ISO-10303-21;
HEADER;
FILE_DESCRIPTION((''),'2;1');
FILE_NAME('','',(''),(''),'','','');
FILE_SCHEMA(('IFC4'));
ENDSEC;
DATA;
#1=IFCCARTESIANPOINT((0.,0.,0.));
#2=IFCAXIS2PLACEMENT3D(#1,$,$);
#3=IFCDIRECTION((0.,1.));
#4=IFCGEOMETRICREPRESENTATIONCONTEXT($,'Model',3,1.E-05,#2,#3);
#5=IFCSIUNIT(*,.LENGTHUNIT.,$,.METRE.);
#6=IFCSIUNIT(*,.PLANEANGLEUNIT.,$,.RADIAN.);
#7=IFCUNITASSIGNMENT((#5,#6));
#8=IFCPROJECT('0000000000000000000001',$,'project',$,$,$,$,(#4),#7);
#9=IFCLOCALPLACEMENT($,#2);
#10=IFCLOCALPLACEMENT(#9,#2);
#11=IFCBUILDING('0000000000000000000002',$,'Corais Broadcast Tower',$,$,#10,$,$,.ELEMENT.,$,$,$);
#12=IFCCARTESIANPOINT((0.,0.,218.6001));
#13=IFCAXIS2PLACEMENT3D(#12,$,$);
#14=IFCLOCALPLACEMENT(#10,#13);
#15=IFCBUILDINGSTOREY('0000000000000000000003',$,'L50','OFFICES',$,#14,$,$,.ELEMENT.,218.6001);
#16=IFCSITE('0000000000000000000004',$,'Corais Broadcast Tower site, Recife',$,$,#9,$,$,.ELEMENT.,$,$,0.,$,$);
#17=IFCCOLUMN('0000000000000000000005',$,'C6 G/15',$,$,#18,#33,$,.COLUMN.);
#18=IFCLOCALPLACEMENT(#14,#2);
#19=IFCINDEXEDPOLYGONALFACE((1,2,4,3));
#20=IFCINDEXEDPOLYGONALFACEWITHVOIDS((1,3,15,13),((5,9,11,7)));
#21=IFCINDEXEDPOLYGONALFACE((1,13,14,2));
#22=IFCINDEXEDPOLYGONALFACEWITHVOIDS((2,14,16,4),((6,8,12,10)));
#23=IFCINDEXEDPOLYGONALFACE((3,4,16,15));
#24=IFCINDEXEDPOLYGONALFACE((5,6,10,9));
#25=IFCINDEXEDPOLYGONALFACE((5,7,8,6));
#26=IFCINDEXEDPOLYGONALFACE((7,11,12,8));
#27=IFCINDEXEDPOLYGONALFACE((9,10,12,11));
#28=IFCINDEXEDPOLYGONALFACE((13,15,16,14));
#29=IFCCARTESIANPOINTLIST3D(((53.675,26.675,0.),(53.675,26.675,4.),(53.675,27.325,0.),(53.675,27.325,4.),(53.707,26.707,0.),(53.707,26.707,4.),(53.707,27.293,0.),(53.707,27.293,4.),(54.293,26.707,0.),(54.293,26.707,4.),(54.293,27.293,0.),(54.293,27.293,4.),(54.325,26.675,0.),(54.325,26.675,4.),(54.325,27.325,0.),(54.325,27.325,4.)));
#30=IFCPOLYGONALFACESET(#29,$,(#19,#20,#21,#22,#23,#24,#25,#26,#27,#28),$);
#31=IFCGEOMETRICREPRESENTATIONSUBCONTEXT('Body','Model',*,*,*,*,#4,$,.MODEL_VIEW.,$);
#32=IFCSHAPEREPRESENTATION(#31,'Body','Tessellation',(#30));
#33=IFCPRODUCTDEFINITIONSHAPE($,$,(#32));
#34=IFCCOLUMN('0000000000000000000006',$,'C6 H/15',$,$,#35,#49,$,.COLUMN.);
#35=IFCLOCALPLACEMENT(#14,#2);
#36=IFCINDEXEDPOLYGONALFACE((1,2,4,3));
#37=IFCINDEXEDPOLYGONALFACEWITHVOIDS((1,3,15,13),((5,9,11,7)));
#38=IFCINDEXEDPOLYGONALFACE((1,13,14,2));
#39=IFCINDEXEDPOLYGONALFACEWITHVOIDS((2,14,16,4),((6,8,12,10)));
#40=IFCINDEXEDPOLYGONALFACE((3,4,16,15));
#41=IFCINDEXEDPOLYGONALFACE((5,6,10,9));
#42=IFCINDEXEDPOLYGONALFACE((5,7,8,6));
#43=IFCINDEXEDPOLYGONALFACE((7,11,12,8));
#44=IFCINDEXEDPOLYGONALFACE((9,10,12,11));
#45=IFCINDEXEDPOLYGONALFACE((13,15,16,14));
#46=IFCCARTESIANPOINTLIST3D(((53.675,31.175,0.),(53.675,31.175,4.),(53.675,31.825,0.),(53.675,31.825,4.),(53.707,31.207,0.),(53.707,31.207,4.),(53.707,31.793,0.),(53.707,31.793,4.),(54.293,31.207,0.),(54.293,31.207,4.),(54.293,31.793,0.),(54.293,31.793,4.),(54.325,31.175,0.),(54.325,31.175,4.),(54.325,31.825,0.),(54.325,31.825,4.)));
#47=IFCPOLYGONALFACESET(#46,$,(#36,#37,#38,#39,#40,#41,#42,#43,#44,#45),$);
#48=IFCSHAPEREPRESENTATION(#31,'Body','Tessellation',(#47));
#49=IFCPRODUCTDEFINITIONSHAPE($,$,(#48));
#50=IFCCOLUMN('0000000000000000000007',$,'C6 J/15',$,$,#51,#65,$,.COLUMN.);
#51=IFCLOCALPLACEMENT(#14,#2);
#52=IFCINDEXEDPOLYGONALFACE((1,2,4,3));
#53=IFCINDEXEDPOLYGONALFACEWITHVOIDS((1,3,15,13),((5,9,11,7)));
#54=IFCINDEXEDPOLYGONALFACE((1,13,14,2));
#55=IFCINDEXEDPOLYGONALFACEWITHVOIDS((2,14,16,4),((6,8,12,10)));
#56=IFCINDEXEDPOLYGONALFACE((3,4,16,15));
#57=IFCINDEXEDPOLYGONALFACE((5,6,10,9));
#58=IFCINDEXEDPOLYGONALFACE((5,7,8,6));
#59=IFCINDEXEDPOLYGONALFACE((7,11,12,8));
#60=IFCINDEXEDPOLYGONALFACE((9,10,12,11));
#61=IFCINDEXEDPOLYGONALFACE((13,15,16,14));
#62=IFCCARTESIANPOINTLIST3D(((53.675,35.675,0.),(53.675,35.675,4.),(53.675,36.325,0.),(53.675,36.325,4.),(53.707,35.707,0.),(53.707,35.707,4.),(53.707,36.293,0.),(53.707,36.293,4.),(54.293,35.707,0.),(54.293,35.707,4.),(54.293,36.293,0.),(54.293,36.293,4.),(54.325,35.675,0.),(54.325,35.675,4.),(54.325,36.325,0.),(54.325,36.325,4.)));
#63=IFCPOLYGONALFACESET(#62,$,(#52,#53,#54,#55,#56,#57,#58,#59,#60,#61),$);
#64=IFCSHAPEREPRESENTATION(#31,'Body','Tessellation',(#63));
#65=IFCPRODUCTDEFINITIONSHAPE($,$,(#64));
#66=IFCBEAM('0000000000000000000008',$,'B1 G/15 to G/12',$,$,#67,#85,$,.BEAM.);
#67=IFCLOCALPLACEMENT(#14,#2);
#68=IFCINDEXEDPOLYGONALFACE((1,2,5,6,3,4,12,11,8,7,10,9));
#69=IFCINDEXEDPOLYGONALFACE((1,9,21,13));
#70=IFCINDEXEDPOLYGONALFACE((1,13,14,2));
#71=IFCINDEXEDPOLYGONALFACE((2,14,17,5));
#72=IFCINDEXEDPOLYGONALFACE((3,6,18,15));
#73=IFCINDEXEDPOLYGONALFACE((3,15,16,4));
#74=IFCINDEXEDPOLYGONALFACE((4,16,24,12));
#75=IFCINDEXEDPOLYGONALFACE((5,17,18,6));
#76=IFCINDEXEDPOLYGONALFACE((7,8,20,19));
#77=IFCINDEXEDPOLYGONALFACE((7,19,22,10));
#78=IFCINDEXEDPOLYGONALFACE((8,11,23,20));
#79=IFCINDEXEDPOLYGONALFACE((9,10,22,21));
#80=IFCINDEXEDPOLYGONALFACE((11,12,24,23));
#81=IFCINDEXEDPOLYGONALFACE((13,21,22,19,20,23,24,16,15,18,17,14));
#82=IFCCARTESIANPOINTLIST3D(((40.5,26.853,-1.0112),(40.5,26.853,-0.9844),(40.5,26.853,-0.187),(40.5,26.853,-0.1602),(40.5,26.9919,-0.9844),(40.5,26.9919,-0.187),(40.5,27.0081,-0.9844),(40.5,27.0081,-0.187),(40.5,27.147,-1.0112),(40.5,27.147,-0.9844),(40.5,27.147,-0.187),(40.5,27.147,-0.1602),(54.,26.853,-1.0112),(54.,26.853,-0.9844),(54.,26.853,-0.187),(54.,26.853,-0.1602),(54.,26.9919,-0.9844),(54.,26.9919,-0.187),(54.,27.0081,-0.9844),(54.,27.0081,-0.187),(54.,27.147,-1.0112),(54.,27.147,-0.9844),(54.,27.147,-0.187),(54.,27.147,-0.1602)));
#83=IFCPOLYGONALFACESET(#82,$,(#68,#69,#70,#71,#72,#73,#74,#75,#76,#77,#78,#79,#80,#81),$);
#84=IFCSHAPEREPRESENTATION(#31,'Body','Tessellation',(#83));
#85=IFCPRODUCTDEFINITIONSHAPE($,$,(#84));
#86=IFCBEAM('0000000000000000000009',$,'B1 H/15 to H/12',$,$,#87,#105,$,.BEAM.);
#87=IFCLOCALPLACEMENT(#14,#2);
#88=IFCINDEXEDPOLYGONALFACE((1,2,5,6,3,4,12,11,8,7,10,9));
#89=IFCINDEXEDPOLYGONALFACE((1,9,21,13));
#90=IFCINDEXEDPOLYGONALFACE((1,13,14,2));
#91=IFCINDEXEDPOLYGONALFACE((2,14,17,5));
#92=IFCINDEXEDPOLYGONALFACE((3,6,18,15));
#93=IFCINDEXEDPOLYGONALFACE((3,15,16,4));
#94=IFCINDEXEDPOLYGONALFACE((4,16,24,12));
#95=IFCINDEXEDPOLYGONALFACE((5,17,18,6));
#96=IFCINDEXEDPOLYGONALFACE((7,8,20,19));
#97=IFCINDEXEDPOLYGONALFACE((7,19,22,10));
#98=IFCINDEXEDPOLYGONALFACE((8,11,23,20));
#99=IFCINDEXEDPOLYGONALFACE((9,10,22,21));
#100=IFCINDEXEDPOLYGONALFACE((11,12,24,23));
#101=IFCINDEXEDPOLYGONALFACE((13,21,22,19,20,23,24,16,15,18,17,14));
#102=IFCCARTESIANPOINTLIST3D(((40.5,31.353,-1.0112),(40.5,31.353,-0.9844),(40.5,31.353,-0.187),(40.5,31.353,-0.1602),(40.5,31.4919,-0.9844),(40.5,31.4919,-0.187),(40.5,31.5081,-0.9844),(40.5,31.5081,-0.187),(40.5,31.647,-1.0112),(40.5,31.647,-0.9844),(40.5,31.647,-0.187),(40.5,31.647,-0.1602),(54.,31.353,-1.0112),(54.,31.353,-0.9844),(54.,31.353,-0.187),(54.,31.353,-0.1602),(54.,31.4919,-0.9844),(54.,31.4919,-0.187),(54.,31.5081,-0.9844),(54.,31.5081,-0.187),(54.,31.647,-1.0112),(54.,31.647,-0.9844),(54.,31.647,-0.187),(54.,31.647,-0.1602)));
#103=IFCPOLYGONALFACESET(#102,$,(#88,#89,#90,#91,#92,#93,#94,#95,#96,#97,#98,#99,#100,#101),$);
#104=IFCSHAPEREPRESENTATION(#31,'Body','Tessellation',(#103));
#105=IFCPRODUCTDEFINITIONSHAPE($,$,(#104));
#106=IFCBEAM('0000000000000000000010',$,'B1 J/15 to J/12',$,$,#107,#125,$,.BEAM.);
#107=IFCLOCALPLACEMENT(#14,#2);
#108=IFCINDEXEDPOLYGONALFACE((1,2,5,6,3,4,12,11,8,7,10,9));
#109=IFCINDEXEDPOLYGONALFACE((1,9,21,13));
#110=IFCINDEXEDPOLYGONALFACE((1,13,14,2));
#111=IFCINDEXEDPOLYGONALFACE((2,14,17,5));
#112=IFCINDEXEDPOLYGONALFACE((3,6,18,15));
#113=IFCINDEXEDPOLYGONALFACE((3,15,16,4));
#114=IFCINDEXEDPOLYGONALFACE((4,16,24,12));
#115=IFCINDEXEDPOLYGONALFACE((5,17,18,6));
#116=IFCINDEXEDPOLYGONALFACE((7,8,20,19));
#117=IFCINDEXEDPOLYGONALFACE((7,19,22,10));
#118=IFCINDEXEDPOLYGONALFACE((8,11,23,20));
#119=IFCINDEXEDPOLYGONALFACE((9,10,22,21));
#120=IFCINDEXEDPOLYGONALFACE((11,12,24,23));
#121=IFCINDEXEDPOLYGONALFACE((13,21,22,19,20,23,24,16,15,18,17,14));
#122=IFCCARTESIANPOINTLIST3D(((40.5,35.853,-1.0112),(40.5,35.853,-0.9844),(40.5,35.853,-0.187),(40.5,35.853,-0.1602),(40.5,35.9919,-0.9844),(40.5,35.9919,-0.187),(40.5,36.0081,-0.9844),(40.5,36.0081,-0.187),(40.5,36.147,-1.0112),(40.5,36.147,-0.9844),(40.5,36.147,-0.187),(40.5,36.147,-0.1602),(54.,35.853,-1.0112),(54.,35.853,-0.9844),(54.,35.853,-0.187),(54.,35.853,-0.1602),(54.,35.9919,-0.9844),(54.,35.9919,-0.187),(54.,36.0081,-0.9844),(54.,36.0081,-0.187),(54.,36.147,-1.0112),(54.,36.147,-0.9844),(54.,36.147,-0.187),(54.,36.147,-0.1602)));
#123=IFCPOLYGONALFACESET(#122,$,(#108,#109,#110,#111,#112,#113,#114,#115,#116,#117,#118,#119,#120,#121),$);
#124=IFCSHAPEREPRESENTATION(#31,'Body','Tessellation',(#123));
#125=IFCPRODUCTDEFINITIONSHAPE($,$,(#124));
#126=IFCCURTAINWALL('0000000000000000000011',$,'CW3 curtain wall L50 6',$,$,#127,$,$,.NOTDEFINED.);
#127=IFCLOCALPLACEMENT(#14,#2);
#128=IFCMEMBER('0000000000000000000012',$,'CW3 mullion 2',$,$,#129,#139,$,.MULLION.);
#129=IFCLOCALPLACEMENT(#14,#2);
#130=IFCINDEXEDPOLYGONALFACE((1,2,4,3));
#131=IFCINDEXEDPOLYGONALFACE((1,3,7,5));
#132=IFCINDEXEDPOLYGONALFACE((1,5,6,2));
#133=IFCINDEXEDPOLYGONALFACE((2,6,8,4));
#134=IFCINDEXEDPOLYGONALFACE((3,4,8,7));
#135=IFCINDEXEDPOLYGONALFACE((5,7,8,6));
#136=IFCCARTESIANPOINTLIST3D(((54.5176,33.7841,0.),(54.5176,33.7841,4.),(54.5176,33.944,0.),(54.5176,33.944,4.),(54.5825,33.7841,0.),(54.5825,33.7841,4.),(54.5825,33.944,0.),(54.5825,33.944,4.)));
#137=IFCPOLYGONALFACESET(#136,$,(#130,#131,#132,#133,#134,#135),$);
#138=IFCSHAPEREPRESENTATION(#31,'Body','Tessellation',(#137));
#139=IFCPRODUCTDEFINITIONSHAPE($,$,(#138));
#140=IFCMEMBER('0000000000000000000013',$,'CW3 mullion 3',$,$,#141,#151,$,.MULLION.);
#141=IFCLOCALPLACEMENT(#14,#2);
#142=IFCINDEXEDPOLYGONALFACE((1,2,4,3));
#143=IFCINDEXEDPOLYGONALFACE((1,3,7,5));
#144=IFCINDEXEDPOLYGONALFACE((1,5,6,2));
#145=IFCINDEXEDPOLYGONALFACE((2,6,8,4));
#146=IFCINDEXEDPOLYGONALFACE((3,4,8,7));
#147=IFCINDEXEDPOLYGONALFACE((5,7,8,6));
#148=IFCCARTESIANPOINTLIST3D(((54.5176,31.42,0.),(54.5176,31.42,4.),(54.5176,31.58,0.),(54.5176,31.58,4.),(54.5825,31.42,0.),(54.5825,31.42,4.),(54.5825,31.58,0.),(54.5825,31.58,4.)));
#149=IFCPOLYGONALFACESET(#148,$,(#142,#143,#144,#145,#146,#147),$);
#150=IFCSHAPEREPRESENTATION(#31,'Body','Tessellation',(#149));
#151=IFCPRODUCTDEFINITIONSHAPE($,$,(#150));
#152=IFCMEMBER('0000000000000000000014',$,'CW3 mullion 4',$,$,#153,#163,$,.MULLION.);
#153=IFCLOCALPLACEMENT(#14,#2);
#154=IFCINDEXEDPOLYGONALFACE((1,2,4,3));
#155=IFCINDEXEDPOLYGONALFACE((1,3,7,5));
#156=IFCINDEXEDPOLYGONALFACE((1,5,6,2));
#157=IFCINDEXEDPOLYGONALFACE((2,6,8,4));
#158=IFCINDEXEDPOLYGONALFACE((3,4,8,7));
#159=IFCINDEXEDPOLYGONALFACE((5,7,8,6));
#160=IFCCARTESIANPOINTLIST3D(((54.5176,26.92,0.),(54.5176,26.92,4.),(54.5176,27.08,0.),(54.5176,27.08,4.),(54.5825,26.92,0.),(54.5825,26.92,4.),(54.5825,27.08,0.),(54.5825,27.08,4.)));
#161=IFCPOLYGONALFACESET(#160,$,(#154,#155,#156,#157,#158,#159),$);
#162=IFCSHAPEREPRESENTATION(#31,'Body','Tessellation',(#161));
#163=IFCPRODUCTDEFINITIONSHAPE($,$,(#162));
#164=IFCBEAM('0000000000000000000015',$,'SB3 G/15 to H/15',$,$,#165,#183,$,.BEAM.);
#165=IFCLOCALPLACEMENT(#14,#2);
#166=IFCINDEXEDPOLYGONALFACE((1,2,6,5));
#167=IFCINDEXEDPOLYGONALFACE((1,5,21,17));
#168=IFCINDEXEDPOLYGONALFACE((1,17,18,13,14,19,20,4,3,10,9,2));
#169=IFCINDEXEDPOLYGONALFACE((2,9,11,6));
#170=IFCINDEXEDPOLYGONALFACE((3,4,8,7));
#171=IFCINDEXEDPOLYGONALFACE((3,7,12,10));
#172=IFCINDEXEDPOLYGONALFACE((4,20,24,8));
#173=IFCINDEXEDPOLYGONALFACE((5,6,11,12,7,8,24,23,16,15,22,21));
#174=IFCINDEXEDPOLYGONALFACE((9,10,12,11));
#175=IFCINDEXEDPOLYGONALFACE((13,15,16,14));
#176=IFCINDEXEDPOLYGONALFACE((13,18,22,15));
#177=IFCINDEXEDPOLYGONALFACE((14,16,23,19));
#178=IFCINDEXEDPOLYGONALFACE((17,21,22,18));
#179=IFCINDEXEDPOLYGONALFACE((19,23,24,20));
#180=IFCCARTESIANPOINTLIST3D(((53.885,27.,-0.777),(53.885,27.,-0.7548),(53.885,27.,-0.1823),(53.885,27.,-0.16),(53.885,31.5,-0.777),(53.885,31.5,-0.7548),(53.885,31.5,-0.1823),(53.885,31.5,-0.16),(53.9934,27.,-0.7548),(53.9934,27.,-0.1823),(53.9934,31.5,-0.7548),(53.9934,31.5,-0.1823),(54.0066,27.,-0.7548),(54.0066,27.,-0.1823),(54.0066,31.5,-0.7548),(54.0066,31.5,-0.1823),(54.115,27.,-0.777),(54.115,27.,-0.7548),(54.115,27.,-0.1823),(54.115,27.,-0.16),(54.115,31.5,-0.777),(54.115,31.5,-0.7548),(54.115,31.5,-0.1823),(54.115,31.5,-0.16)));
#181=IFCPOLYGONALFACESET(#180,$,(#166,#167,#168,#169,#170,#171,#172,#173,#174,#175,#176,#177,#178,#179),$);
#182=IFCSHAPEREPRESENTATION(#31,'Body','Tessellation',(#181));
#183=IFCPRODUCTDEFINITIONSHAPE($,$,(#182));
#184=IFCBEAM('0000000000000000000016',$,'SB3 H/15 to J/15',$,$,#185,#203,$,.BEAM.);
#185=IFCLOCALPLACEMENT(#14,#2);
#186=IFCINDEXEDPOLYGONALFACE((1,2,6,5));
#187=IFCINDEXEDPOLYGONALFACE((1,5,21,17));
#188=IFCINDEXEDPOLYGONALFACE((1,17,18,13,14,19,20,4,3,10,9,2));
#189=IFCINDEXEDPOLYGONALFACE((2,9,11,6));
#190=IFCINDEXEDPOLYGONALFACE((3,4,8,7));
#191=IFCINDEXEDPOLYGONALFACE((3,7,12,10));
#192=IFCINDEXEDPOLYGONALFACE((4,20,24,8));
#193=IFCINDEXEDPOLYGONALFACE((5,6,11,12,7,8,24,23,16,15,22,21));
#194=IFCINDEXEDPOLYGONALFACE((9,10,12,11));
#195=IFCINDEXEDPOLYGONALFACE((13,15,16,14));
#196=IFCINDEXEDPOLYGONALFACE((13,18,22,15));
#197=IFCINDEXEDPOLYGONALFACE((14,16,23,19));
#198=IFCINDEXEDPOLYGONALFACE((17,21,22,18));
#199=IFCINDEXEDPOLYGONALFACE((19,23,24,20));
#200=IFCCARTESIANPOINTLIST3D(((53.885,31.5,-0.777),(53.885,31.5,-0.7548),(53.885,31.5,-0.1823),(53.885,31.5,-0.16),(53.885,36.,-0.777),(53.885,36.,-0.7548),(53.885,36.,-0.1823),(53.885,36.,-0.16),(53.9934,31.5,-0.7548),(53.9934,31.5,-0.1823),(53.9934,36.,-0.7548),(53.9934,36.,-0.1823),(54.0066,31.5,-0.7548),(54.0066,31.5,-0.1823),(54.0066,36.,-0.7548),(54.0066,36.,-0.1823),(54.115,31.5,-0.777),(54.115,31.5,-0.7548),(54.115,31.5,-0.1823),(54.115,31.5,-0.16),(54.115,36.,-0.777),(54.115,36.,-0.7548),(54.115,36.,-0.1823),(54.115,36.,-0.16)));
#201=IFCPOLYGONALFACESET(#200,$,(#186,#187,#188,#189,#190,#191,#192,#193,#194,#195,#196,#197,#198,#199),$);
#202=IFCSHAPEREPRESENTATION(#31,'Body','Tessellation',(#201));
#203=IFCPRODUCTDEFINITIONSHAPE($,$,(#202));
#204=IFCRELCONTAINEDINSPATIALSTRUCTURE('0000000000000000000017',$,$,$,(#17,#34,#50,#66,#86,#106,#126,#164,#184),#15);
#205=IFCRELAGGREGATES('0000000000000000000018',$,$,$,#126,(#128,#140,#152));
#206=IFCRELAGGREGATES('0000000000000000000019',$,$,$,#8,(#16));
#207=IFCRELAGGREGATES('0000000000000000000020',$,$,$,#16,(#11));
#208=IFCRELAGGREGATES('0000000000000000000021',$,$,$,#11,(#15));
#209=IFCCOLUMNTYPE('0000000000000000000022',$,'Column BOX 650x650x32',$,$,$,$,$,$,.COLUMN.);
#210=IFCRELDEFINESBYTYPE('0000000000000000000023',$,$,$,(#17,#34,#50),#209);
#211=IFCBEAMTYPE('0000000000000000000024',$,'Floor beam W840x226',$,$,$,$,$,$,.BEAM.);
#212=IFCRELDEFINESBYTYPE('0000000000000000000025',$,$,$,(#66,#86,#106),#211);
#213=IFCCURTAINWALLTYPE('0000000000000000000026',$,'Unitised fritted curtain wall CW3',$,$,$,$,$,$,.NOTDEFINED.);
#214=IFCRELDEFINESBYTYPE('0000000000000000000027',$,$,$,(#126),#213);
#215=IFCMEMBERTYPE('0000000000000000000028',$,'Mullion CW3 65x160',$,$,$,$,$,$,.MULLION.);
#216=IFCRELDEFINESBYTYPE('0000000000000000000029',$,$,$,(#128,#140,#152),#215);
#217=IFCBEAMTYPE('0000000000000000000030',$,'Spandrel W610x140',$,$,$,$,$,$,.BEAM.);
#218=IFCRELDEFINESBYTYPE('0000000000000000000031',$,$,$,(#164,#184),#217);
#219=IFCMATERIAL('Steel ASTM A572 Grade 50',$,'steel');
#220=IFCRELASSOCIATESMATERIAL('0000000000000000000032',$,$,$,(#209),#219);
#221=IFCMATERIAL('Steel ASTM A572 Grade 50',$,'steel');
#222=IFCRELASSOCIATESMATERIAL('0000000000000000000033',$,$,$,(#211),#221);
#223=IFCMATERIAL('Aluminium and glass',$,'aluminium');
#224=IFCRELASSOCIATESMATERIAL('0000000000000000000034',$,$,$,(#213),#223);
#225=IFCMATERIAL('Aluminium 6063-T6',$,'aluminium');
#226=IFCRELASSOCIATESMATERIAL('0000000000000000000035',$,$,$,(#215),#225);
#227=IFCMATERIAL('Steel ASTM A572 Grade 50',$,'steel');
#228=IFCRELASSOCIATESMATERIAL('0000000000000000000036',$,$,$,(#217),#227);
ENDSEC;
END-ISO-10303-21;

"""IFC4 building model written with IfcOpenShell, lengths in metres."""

from ifc_helpers import new_model, si_unit, direction, frame, origin, origin_2d, place, context, subcontext, project, spatial, rectangle, hollow_rectangle, i_section, extrude, material, material_profile, profile_set, type_object, element, aggregate, save


model = new_model("IFC4")

# Units and contexts
model_context = context("Model", 3, precision=1e-05, world=origin(), true_north=direction((0.0, 1.0)))
body_context = subcontext(model_context, "Body", "Model", "MODEL_VIEW")
ifc_project = project(units=[si_unit("LENGTHUNIT", "METRE"), si_unit("PLANEANGLEUNIT", "RADIAN")], contexts=[model_context])

# Site, building, storey
site_placement = place(None, origin())
site = spatial("IfcSite", under=ifc_project, at=site_placement, Name="Corais Broadcast Tower site, Recife", CompositionType="ELEMENT", RefElevation=0.0)
building_placement = place(site_placement, origin())
building = spatial("IfcBuilding", under=site, at=building_placement, Name="Corais Broadcast Tower", CompositionType="ELEMENT")
storey_placement = place(building_placement, frame((0.0, 0.0, 218.6001)))
storey = spatial("IfcBuildingStorey", under=building, at=storey_placement, Name="L50", Description="OFFICES", CompositionType="ELEMENT", Elevation=218.6001)

# Columns
ifc_material_1 = material(Name="Steel ASTM A572 Grade 50", Category="steel")
ifc_material_profile_1 = material_profile(ifc_material_1, hollow_rectangle(XDim=0.6499, YDim=0.6499, WallThickness=0.032, at=origin_2d()), Name="BOX 650x650x32")
ifc_profile_set_1 = profile_set([ifc_material_profile_1], Name="Steel ASTM A572 Grade 50")
column_type = type_object("IfcColumnType", Name="Column BOX 650x650x32", PredefinedType="COLUMN", material=ifc_profile_set_1)
for number, where, z_axis, x_axis, name in (
    (1, (54.0, 27.0, 0.0), (0.0, 0.0, 1.0), (1.0, 0.0, 0.0), "C6 G/15"),
    (2, (54.0, 31.5, 0.0), (0.0, 0.0, 1.0), (1.0, 0.0, 0.0), "C6 H/15"),
    (3, (54.0, 36.0, 0.0), (0.0, 0.0, 1.0), (1.0, 0.0, 0.0), "C6 J/15"),
):
    element("IfcColumn", number, at=place(storey_placement, frame(where, z_axis=z_axis, x_axis=x_axis)), inside=storey, type_object=column_type, Name=name, PredefinedType="COLUMN", context=body_context, shape_type="SweptSolid", body=[
        extrude(hollow_rectangle(XDim=0.6499, YDim=0.6499, WallThickness=0.032, at=origin_2d()), origin(), (0.0, 0.0, 1.0), 4.0),
    ])

# Beams
ifc_material_2 = material(Name="Steel ASTM A572 Grade 50", Category="steel")
ifc_material_profile_2 = material_profile(ifc_material_2, i_section(OverallWidth=0.2939, OverallDepth=0.8511, WebThickness=0.0161, FlangeThickness=0.0269, at=origin_2d()), Name="W840x226")
ifc_profile_set_2 = profile_set([ifc_material_profile_2], Name="Steel ASTM A572 Grade 50")
beam_type_1 = type_object("IfcBeamType", Name="Floor beam W840x226", PredefinedType="BEAM", material=ifc_profile_set_2)
for number, where, z_axis, x_axis, name in (
    (4, (54.0, 27.0, -0.5857), (-1.0, 0.0, 0.0), (0.0, -1.0, 0.0), "B1 G/15 to G/12"),
    (5, (54.0, 31.5, -0.5857), (-1.0, 0.0, 0.0), (0.0, -1.0, 0.0), "B1 H/15 to H/12"),
    (6, (54.0, 36.0, -0.5857), (-1.0, 0.0, 0.0), (0.0, -1.0, 0.0), "B1 J/15 to J/12"),
):
    element("IfcBeam", number, at=place(storey_placement, frame(where, z_axis=z_axis, x_axis=x_axis)), inside=storey, type_object=beam_type_1, Name=name, PredefinedType="BEAM", context=body_context, shape_type="SweptSolid", body=[
        extrude(i_section(OverallWidth=0.2939, OverallDepth=0.8511, WebThickness=0.0161, FlangeThickness=0.0269, at=origin_2d()), origin(), (0.0, 0.0, 1.0), 13.5),
    ])

# Curtain wall, members
ifc_material_3 = material(Name="Aluminium and glass", Category="aluminium")
curtain_wall_type = type_object("IfcCurtainWallType", Name="Unitised fritted curtain wall CW3", PredefinedType="NOTDEFINED", material=ifc_material_3)
curtain_wall_placement = place(storey_placement, origin())
curtain_wall = element("IfcCurtainWall", 7, at=curtain_wall_placement, inside=storey, type_object=curtain_wall_type, Name="CW3 curtain wall L50 6", PredefinedType="NOTDEFINED")
ifc_material_4 = material(Name="Aluminium 6063-T6", Category="aluminium")
ifc_material_profile_3 = material_profile(ifc_material_4, rectangle(XDim=0.0649, YDim=0.1599, at=origin_2d()), Name="Mullion CW3 65x160")
ifc_profile_set_3 = profile_set([ifc_material_profile_3], Name="Aluminium 6063-T6")
member_type_1 = type_object("IfcMemberType", Name="Mullion CW3 65x160", PredefinedType="MULLION", material=ifc_profile_set_3)
member_1_placement = place(storey_placement, frame((54.55, 33.864, 0.0), z_axis=(0.0, 0.0, 1.0), x_axis=(1.0, 0.0, 0.0)))
member_1 = element("IfcMember", 8, at=member_1_placement, type_object=member_type_1, Name="CW3 mullion 2", PredefinedType="MULLION", context=body_context, shape_type="SweptSolid", body=[
    extrude(rectangle(XDim=0.0649, YDim=0.1599, at=origin_2d()), origin(), (0.0, 0.0, 1.0), 4.0),
])
member_2_placement = place(storey_placement, frame((54.55, 31.5, 0.0), z_axis=(0.0, 0.0, 1.0), x_axis=(1.0, 0.0, 0.0)))
member_2 = element("IfcMember", 9, at=member_2_placement, type_object=member_type_1, Name="CW3 mullion 3", PredefinedType="MULLION", context=body_context, shape_type="SweptSolid", body=[
    extrude(rectangle(XDim=0.0649, YDim=0.1599, at=origin_2d()), origin(), (0.0, 0.0, 1.0), 4.0),
])
member_3_placement = place(storey_placement, frame((54.55, 27.0, 0.0), z_axis=(0.0, 0.0, 1.0), x_axis=(1.0, 0.0, 0.0)))
member_3 = element("IfcMember", 10, at=member_3_placement, type_object=member_type_1, Name="CW3 mullion 4", PredefinedType="MULLION", context=body_context, shape_type="SweptSolid", body=[
    extrude(rectangle(XDim=0.0649, YDim=0.1599, at=origin_2d()), origin(), (0.0, 0.0, 1.0), 4.0),
])

# Beams
ifc_material_5 = material(Name="Steel ASTM A572 Grade 50", Category="steel")
ifc_material_profile_4 = material_profile(ifc_material_5, i_section(OverallWidth=0.23, OverallDepth=0.6169, WebThickness=0.0132, FlangeThickness=0.0222, at=origin_2d()), Name="W610x140")
ifc_profile_set_4 = profile_set([ifc_material_profile_4], Name="Steel ASTM A572 Grade 50")
beam_type_2 = type_object("IfcBeamType", Name="Spandrel W610x140", PredefinedType="BEAM", material=ifc_profile_set_4)
for number, where, z_axis, x_axis, name in (
    (11, (54.0, 27.0, -0.4685), (0.0, 1.0, 0.0), (-1.0, 0.0, 0.0), "SB3 G/15 to H/15"),
    (12, (54.0, 31.5, -0.4685), (0.0, 1.0, 0.0), (-1.0, 0.0, 0.0), "SB3 H/15 to J/15"),
):
    element("IfcBeam", number, at=place(storey_placement, frame(where, z_axis=z_axis, x_axis=x_axis)), inside=storey, type_object=beam_type_2, Name=name, PredefinedType="BEAM", context=body_context, shape_type="SweptSolid", body=[
        extrude(i_section(OverallWidth=0.23, OverallDepth=0.6169, WebThickness=0.0132, FlangeThickness=0.0222, at=origin_2d()), origin(), (0.0, 0.0, 1.0), 4.5),
    ])

aggregate(curtain_wall, [member_1, member_2, member_3])

save(model, "model.ifc")
